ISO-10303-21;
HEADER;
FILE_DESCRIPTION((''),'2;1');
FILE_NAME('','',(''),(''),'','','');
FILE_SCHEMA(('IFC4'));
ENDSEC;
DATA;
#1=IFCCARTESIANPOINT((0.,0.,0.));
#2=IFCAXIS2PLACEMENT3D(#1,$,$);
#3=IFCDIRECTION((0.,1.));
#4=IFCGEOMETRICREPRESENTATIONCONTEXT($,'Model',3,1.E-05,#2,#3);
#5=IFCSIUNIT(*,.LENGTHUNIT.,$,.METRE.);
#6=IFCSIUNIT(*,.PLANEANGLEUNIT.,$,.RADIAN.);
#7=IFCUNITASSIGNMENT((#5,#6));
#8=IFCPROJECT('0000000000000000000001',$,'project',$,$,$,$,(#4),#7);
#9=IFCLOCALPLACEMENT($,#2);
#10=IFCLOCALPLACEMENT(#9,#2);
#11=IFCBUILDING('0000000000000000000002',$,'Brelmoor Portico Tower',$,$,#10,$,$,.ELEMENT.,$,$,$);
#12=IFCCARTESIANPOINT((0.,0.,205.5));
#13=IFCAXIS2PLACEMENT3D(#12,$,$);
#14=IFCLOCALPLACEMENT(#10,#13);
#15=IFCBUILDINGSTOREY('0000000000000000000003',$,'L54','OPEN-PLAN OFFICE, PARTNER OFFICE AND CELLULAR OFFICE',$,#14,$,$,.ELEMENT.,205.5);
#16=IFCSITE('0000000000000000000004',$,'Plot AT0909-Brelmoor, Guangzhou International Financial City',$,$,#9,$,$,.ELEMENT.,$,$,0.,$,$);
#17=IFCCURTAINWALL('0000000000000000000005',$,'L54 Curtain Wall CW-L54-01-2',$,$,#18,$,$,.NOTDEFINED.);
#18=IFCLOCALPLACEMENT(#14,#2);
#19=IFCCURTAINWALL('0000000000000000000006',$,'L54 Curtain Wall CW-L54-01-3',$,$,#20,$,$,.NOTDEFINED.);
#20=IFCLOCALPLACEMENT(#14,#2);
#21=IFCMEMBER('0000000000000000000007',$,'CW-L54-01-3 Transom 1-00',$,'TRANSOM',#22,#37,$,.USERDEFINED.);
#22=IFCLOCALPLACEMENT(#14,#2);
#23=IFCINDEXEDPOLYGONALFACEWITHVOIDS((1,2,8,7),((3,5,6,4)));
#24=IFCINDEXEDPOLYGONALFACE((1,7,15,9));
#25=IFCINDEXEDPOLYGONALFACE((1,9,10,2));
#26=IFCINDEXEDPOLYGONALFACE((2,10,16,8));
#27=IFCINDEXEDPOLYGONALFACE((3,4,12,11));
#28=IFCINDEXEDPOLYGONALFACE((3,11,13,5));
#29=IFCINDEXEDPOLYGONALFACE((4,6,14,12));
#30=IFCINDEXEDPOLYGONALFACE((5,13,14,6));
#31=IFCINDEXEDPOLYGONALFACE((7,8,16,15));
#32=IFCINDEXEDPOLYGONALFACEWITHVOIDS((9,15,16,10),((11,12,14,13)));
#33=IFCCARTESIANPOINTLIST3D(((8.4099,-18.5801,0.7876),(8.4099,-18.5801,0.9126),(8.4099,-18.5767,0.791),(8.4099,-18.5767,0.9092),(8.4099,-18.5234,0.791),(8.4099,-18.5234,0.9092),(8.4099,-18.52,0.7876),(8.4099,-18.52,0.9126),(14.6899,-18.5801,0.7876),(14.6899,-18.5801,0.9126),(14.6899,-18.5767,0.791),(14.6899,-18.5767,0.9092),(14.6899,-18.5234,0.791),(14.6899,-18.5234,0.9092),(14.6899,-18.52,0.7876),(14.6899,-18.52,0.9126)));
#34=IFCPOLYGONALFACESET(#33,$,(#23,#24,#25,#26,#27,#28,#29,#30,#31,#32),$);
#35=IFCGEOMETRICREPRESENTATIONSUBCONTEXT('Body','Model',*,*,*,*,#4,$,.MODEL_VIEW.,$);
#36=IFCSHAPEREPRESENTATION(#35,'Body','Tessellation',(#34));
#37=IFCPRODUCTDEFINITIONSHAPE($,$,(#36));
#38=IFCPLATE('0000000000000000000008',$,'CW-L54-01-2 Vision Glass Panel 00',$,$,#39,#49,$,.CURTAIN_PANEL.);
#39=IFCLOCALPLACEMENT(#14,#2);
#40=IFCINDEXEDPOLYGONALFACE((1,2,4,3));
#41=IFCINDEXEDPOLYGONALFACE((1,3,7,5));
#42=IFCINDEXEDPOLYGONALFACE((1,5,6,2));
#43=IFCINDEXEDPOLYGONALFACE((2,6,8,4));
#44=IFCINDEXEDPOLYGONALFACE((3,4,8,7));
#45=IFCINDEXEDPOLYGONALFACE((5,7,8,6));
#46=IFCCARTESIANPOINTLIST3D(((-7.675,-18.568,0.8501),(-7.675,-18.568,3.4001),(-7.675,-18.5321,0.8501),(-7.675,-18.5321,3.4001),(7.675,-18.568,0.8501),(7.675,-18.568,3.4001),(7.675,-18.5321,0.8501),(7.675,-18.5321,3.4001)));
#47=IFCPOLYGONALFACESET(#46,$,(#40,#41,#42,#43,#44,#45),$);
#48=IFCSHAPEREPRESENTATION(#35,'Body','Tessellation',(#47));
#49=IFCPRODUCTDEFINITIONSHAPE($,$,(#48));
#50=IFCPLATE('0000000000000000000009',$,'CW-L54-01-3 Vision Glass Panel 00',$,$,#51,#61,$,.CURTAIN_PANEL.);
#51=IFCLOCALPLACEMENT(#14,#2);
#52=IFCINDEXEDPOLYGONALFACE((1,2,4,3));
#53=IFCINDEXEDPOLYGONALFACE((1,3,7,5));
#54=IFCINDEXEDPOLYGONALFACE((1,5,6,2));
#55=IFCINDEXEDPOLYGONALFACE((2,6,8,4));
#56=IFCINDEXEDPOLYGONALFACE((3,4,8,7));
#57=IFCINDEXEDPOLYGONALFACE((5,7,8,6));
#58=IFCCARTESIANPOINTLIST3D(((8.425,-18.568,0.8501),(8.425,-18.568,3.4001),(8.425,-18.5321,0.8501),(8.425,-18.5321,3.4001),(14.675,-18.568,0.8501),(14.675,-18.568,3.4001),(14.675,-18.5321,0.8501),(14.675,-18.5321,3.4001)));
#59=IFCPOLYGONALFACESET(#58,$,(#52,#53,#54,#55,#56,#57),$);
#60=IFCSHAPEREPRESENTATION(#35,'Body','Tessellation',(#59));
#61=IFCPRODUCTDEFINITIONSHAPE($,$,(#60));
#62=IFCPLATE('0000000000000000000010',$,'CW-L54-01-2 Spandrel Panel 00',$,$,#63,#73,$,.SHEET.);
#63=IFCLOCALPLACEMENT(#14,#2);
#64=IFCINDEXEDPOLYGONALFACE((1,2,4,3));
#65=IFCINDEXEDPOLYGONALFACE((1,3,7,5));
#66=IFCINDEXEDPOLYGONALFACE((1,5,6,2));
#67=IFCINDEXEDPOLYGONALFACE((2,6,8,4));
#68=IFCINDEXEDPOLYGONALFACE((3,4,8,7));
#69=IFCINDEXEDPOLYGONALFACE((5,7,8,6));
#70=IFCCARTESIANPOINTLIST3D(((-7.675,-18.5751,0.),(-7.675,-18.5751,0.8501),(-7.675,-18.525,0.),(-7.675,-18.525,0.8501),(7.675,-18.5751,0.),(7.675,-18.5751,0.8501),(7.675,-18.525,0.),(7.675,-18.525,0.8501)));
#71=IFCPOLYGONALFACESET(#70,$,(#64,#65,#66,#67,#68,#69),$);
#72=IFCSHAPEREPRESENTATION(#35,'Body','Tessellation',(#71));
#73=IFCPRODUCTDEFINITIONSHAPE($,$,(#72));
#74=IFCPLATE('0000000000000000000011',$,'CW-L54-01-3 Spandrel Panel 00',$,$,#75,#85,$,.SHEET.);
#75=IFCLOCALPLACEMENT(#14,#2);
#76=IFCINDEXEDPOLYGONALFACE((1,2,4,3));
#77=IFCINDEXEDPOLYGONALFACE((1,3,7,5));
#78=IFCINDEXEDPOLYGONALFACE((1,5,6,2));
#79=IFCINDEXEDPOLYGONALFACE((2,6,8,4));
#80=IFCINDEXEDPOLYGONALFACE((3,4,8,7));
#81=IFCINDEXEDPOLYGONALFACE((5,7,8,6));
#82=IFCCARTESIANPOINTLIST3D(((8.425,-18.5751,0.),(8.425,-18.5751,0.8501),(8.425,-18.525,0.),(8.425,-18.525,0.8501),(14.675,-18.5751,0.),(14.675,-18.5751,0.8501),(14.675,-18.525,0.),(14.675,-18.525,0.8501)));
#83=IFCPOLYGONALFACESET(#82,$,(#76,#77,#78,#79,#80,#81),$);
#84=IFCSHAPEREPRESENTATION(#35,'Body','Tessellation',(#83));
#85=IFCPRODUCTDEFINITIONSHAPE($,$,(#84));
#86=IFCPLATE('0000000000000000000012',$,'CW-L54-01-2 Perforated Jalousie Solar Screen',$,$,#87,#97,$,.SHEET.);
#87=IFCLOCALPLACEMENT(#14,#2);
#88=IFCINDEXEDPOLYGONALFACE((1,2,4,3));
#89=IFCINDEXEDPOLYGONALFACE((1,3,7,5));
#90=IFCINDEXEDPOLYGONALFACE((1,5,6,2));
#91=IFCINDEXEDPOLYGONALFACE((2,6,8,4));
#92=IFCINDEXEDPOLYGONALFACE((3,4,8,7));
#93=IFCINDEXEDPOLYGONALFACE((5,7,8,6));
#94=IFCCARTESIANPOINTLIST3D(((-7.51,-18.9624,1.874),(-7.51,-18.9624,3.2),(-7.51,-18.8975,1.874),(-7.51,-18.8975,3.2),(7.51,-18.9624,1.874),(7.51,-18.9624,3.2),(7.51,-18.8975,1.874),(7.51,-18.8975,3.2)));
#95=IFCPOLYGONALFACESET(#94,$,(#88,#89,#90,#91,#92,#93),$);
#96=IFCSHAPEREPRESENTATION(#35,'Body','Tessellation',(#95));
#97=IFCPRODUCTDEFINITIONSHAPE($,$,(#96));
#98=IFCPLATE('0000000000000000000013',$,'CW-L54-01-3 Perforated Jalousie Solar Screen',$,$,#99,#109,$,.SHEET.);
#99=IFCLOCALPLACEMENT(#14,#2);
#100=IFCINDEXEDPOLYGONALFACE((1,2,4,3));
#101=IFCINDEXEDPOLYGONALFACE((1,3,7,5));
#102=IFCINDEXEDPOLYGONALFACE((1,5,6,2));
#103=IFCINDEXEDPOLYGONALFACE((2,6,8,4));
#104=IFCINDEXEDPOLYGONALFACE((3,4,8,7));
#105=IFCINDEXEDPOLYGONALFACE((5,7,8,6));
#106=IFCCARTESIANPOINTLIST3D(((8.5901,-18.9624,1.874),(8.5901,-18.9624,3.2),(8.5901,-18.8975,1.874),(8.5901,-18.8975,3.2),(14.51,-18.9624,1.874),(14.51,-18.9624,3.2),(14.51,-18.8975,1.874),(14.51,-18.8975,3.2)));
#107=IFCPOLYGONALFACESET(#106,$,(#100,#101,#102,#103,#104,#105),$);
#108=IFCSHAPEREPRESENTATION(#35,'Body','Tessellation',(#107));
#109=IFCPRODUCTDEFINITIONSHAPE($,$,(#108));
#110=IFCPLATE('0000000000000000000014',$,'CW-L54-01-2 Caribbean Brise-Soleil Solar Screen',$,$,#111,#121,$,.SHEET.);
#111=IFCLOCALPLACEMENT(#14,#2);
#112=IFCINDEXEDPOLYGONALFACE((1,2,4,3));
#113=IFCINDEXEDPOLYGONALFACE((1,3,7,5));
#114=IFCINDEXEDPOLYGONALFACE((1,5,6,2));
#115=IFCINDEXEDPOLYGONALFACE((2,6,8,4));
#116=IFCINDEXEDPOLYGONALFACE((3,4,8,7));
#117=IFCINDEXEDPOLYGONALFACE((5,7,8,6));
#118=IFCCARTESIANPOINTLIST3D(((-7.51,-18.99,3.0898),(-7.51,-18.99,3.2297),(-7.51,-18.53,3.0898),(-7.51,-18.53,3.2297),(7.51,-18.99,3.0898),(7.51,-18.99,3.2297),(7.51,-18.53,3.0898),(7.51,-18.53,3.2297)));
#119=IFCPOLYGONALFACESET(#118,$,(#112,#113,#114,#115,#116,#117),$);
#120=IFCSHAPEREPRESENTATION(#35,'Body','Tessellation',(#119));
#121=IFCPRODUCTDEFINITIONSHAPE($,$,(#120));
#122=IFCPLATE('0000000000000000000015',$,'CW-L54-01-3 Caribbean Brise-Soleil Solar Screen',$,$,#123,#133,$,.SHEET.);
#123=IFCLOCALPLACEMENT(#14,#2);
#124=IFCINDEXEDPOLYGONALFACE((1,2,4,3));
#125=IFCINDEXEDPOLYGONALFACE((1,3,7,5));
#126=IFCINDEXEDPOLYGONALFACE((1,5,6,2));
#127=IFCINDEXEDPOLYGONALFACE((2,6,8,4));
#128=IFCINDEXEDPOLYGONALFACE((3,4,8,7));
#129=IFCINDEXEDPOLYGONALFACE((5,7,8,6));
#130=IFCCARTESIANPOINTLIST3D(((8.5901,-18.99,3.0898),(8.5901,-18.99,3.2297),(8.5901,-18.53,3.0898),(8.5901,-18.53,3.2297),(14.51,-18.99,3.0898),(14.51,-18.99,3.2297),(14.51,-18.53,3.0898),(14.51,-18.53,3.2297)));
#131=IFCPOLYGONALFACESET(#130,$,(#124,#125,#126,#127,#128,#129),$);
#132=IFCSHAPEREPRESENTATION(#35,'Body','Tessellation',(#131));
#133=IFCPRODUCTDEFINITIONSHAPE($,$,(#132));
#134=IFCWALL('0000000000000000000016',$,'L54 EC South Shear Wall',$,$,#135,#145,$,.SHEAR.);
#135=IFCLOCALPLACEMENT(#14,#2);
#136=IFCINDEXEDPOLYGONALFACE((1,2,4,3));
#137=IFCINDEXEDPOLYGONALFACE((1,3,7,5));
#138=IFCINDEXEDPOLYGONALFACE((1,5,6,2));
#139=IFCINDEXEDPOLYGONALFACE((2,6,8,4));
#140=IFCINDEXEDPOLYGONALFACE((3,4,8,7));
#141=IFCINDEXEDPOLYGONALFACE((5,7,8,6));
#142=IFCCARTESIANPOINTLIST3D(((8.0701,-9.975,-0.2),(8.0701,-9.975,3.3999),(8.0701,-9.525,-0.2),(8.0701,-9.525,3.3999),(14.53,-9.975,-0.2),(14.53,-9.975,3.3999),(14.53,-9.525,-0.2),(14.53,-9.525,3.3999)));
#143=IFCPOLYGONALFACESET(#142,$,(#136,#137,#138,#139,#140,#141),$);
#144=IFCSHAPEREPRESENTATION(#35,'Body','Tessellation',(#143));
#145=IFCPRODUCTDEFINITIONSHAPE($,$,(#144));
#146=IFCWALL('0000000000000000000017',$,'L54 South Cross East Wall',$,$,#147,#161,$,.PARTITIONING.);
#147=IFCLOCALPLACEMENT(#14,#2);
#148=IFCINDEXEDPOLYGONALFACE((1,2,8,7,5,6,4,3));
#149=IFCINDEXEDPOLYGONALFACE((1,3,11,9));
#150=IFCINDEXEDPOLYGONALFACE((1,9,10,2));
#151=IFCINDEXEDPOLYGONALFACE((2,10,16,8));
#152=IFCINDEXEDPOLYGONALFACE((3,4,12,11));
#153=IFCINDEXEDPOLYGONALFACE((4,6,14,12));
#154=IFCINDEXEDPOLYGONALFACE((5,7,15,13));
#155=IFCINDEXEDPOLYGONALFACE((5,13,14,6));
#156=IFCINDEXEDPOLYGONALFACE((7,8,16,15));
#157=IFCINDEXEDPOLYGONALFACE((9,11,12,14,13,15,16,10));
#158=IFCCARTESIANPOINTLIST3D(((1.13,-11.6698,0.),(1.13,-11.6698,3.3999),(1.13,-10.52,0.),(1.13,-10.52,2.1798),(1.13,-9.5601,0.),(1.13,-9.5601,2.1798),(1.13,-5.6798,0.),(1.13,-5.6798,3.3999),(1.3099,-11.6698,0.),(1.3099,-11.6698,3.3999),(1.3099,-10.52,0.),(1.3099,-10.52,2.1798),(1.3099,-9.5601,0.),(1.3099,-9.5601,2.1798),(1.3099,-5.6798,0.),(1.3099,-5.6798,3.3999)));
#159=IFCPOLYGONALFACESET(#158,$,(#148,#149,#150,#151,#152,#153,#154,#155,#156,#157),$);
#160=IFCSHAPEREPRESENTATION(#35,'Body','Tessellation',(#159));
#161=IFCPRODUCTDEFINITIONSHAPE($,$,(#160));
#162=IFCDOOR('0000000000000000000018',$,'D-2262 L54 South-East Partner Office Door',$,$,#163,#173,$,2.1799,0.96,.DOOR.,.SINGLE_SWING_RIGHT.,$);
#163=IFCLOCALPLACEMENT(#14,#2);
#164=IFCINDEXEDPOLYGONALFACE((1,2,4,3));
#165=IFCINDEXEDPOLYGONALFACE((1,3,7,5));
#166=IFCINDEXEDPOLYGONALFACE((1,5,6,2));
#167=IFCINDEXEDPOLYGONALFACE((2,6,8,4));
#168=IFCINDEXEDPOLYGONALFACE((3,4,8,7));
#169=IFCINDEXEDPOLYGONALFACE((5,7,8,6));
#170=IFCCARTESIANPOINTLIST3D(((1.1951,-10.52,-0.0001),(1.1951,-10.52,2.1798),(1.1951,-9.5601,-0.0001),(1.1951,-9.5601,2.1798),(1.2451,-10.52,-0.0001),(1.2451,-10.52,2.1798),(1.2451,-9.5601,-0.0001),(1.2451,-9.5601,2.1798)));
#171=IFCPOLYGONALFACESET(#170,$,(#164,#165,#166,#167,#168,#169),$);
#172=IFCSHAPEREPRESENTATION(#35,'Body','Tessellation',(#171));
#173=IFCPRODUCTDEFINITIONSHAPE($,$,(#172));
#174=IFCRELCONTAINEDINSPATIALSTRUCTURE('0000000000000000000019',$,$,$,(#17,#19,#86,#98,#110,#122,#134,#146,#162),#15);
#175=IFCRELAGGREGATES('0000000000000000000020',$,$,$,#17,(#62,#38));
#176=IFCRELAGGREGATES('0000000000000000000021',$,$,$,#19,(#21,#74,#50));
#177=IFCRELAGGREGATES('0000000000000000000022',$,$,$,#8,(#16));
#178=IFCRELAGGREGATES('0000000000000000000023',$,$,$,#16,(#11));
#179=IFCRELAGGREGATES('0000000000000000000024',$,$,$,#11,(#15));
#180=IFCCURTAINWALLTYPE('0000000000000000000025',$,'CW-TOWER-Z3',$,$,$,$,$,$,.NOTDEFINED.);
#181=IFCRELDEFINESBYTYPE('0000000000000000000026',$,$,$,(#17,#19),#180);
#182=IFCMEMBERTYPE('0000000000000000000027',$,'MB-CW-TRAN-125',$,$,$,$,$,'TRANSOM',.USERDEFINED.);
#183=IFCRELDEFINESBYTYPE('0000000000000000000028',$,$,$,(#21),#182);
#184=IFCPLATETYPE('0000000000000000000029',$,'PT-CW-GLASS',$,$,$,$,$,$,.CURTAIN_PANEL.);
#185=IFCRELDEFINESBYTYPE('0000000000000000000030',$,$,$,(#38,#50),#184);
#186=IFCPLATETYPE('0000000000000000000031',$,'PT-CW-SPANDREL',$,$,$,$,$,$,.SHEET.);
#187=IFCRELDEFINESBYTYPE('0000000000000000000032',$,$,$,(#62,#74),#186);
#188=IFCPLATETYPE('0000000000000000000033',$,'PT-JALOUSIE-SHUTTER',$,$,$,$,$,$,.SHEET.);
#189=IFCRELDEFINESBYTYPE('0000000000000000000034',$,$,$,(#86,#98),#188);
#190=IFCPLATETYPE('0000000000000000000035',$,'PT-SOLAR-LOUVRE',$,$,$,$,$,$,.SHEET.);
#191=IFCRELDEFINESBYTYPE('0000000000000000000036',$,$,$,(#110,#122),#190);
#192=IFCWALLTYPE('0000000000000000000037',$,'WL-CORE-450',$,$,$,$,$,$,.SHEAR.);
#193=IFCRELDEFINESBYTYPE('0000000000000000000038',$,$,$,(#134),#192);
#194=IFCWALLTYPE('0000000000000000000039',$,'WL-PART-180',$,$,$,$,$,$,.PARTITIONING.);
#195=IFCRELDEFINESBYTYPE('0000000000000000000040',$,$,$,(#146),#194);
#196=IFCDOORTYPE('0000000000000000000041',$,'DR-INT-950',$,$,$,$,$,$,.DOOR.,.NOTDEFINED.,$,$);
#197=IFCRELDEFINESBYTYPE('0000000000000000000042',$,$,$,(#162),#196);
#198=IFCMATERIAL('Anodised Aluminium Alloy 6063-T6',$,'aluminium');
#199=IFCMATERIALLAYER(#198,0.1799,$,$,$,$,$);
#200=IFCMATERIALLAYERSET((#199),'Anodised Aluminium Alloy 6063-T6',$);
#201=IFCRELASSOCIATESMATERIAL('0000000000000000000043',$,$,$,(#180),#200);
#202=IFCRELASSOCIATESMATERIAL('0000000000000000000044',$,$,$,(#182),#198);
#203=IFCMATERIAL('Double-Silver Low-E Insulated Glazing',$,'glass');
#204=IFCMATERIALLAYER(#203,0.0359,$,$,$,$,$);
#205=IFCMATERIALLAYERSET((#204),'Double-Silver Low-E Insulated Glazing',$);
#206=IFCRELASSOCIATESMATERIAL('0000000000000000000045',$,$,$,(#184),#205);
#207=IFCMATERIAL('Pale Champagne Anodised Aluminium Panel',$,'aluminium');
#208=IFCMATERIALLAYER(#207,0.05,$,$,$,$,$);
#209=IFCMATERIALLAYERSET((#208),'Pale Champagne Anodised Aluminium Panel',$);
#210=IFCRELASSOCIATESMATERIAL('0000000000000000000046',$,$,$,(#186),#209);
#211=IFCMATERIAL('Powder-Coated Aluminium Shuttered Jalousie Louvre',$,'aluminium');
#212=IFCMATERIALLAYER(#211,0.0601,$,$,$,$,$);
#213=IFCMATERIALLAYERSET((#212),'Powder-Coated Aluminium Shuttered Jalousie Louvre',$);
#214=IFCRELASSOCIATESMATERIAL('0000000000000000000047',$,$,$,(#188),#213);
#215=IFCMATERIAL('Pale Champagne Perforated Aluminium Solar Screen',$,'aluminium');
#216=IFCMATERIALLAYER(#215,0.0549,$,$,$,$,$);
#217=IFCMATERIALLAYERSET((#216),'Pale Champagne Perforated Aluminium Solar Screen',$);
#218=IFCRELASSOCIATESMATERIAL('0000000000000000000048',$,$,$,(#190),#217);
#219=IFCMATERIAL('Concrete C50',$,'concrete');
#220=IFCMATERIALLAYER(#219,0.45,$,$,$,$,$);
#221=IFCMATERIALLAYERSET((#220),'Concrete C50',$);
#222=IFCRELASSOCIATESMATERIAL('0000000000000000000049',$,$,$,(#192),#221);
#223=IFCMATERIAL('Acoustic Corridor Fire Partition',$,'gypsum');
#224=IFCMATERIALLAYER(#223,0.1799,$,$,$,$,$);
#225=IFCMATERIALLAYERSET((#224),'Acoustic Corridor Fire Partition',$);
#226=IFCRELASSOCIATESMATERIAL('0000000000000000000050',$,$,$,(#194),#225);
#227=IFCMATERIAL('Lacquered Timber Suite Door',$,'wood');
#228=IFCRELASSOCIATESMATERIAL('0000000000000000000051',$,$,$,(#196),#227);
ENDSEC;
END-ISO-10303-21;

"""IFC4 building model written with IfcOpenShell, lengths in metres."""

from ifc_helpers import new_model, si_unit, direction, frame, frame_2d, origin, origin_2d, place, context, subcontext, project, spatial, rectangle, hollow_rectangle, extrude, material, layer, layer_set, material_profile, profile_set, type_object, element, fill, aggregate, save


model = new_model("IFC4")

# Units and contexts
model_context = context("Model", 3, precision=1e-05, world=origin(), true_north=direction((0.0, 1.0)))
body_context = subcontext(model_context, "Body", "Model", "MODEL_VIEW")
ifc_project = project(units=[si_unit("LENGTHUNIT", "METRE"), si_unit("PLANEANGLEUNIT", "RADIAN")], contexts=[model_context])

# Site, building, storey
site_placement = place(None, origin())
site = spatial("IfcSite", under=ifc_project, at=site_placement, Name="Plot AT0909-Brelmoor, Guangzhou International Financial City", CompositionType="ELEMENT", RefElevation=0.0)
building_placement = place(site_placement, origin())
building = spatial("IfcBuilding", under=site, at=building_placement, Name="Brelmoor Portico Tower", CompositionType="ELEMENT")
storey_placement = place(building_placement, frame((0.0, 0.0, 205.5)))
storey = spatial("IfcBuildingStorey", under=building, at=storey_placement, Name="L54", Description="OPEN-PLAN OFFICE, PARTNER OFFICE AND CELLULAR OFFICE", CompositionType="ELEMENT", Elevation=205.5)

# Curtain wall
ifc_material_1 = material(Name="Anodised Aluminium Alloy 6063-T6", Category="aluminium")
ifc_layer_1 = layer(ifc_material_1, 0.1799)
ifc_layer_set_1 = layer_set([ifc_layer_1], Name="Anodised Aluminium Alloy 6063-T6")
curtain_wall_type = type_object("IfcCurtainWallType", Name="CW-TOWER-Z3", PredefinedType="NOTDEFINED", material=ifc_layer_set_1)
curtain_wall_1_placement = place(storey_placement, origin())
curtain_wall_1 = element("IfcCurtainWall", 1, at=curtain_wall_1_placement, inside=storey, type_object=curtain_wall_type, Name="L54 Curtain Wall CW-L54-01-2", PredefinedType="NOTDEFINED")

# Curtain wall, member
curtain_wall_2_placement = place(storey_placement, origin())
curtain_wall_2 = element("IfcCurtainWall", 2, at=curtain_wall_2_placement, inside=storey, type_object=curtain_wall_type, Name="L54 Curtain Wall CW-L54-01-3", PredefinedType="NOTDEFINED")
ifc_material_profile_1 = material_profile(ifc_material_1, hollow_rectangle(XDim=0.0601, YDim=0.125, WallThickness=0.0034, at=origin_2d()), Name="ALU TRANSOM 60x125")
ifc_profile_set_1 = profile_set([ifc_material_profile_1], Name="Anodised Aluminium Alloy 6063-T6")
member_type_1 = type_object("IfcMemberType", Name="MB-CW-TRAN-125", ElementType="TRANSOM", PredefinedType="USERDEFINED", material=ifc_profile_set_1)
member_1_placement = place(storey_placement, frame((8.4099, -18.55, 0.8501), z_axis=(1.0, 0.0, 0.0), x_axis=(0.0, 1.0, 0.0)))
member_1 = element("IfcMember", 3, at=member_1_placement, type_object=member_type_1, Name="CW-L54-01-3 Transom 1-00", ObjectType="TRANSOM", PredefinedType="USERDEFINED", context=body_context, shape_type="SweptSolid", body=[
    extrude(hollow_rectangle(XDim=0.0601, YDim=0.125, WallThickness=0.0034, at=origin_2d()), origin(), (0.0, 0.0, 1.0), 6.28),
])

# Plates
ifc_material_2 = material(Name="Double-Silver Low-E Insulated Glazing", Category="glass")
ifc_layer_2 = layer(ifc_material_2, 0.0359)
ifc_layer_set_2 = layer_set([ifc_layer_2], Name="Double-Silver Low-E Insulated Glazing")
plate_type_1 = type_object("IfcPlateType", Name="PT-CW-GLASS", PredefinedType="CURTAIN_PANEL", material=ifc_layer_set_2)
plate_1_placement = place(storey_placement, frame((0.0, -18.55, 0.8501), z_axis=(0.0, 0.0, 1.0), x_axis=(1.0, 0.0, 0.0)))
plate_1 = element("IfcPlate", 4, at=plate_1_placement, type_object=plate_type_1, Name="CW-L54-01-2 Vision Glass Panel 00", PredefinedType="CURTAIN_PANEL", context=body_context, shape_type="SweptSolid", body=[
    extrude(rectangle(XDim=15.3501, YDim=0.0359, at=origin_2d()), origin(), (0.0, 0.0, 1.0), 2.55),
])
plate_2_placement = place(storey_placement, frame((11.55, -18.55, 0.8501), z_axis=(0.0, 0.0, 1.0), x_axis=(1.0, 0.0, 0.0)))
plate_2 = element("IfcPlate", 5, at=plate_2_placement, type_object=plate_type_1, Name="CW-L54-01-3 Vision Glass Panel 00", PredefinedType="CURTAIN_PANEL", context=body_context, shape_type="SweptSolid", body=[
    extrude(rectangle(XDim=6.25, YDim=0.0359, at=origin_2d()), origin(), (0.0, 0.0, 1.0), 2.55),
])
ifc_material_3 = material(Name="Pale Champagne Anodised Aluminium Panel", Category="aluminium")
ifc_layer_3 = layer(ifc_material_3, 0.05)
ifc_layer_set_3 = layer_set([ifc_layer_3], Name="Pale Champagne Anodised Aluminium Panel")
plate_type_2 = type_object("IfcPlateType", Name="PT-CW-SPANDREL", PredefinedType="SHEET", material=ifc_layer_set_3)
plate_3_placement = place(storey_placement, frame((0.0, -18.55, 0.0), z_axis=(0.0, 0.0, 1.0), x_axis=(1.0, 0.0, 0.0)))
plate_3 = element("IfcPlate", 6, at=plate_3_placement, type_object=plate_type_2, Name="CW-L54-01-2 Spandrel Panel 00", PredefinedType="SHEET", context=body_context, shape_type="SweptSolid", body=[
    extrude(rectangle(XDim=15.3501, YDim=0.05, at=origin_2d()), origin(), (0.0, 0.0, 1.0), 0.8501),
])
aggregate(curtain_wall_1, [plate_3, plate_1])
plate_4_placement = place(storey_placement, frame((11.55, -18.55, 0.0), z_axis=(0.0, 0.0, 1.0), x_axis=(1.0, 0.0, 0.0)))
plate_4 = element("IfcPlate", 7, at=plate_4_placement, type_object=plate_type_2, Name="CW-L54-01-3 Spandrel Panel 00", PredefinedType="SHEET", context=body_context, shape_type="SweptSolid", body=[
    extrude(rectangle(XDim=6.25, YDim=0.05, at=origin_2d()), origin(), (0.0, 0.0, 1.0), 0.8501),
])
aggregate(curtain_wall_2, [member_1, plate_4, plate_2])

# Plates
ifc_material_4 = material(Name="Powder-Coated Aluminium Shuttered Jalousie Louvre", Category="aluminium")
ifc_layer_4 = layer(ifc_material_4, 0.0601)
ifc_layer_set_4 = layer_set([ifc_layer_4], Name="Powder-Coated Aluminium Shuttered Jalousie Louvre")
plate_type_3 = type_object("IfcPlateType", Name="PT-JALOUSIE-SHUTTER", PredefinedType="SHEET", material=ifc_layer_set_4)
plate_5_placement = place(storey_placement, frame((0.0, -18.9299, 1.874), z_axis=(0.0, 0.0, 1.0), x_axis=(1.0, 0.0, 0.0)))
element("IfcPlate", 8, at=plate_5_placement, inside=storey, type_object=plate_type_3, Name="CW-L54-01-2 Perforated Jalousie Solar Screen", PredefinedType="SHEET", context=body_context, shape_type="SweptSolid", body=[
    extrude(rectangle(XDim=15.02, YDim=0.0649, at=origin_2d()), origin(), (0.0, 0.0, 1.0), 1.3259),
])
plate_6_placement = place(storey_placement, frame((11.55, -18.9299, 1.874), z_axis=(0.0, 0.0, 1.0), x_axis=(1.0, 0.0, 0.0)))
element("IfcPlate", 9, at=plate_6_placement, inside=storey, type_object=plate_type_3, Name="CW-L54-01-3 Perforated Jalousie Solar Screen", PredefinedType="SHEET", context=body_context, shape_type="SweptSolid", body=[
    extrude(rectangle(XDim=5.9199, YDim=0.0649, at=origin_2d()), origin(), (0.0, 0.0, 1.0), 1.3259),
])
ifc_material_5 = material(Name="Pale Champagne Perforated Aluminium Solar Screen", Category="aluminium")
ifc_layer_5 = layer(ifc_material_5, 0.0549)
ifc_layer_set_5 = layer_set([ifc_layer_5], Name="Pale Champagne Perforated Aluminium Solar Screen")
plate_type_4 = type_object("IfcPlateType", Name="PT-SOLAR-LOUVRE", PredefinedType="SHEET", material=ifc_layer_set_5)
plate_7_placement = place(storey_placement, frame((0.0, -18.76, 3.0898), z_axis=(0.0, 0.0, 1.0), x_axis=(1.0, 0.0, 0.0)))
element("IfcPlate", 10, at=plate_7_placement, inside=storey, type_object=plate_type_4, Name="CW-L54-01-2 Caribbean Brise-Soleil Solar Screen", PredefinedType="SHEET", context=body_context, shape_type="SweptSolid", body=[
    extrude(rectangle(XDim=15.02, YDim=0.46, at=origin_2d()), origin(), (0.0, 0.0, 1.0), 0.1399),
])
plate_8_placement = place(storey_placement, frame((11.55, -18.76, 3.0898), z_axis=(0.0, 0.0, 1.0), x_axis=(1.0, 0.0, 0.0)))
element("IfcPlate", 11, at=plate_8_placement, inside=storey, type_object=plate_type_4, Name="CW-L54-01-3 Caribbean Brise-Soleil Solar Screen", PredefinedType="SHEET", context=body_context, shape_type="SweptSolid", body=[
    extrude(rectangle(XDim=5.9199, YDim=0.46, at=origin_2d()), origin(), (0.0, 0.0, 1.0), 0.1399),
])

# Wall
ifc_material_6 = material(Name="Concrete C50", Category="concrete")
ifc_layer_6 = layer(ifc_material_6, 0.45)
ifc_layer_set_6 = layer_set([ifc_layer_6], Name="Concrete C50")
wall_type_1 = type_object("IfcWallType", Name="WL-CORE-450", PredefinedType="SHEAR", material=ifc_layer_set_6)
wall_1_placement = place(storey_placement, frame((8.0701, -9.75, -0.2), z_axis=(0.0, 0.0, 1.0), x_axis=(1.0, 0.0, 0.0)))
element("IfcWall", 12, at=wall_1_placement, inside=storey, type_object=wall_type_1, Name="L54 EC South Shear Wall", PredefinedType="SHEAR", context=body_context, shape_type="SweptSolid", body=[
    extrude(rectangle(XDim=6.46, YDim=0.45, at=frame_2d((3.23, 0.0))), origin(), (0.0, 0.0, 1.0), 3.5999),
])

# Wall, opening, door
ifc_material_7 = material(Name="Acoustic Corridor Fire Partition", Category="gypsum")
ifc_layer_7 = layer(ifc_material_7, 0.1799)
ifc_layer_set_7 = layer_set([ifc_layer_7], Name="Acoustic Corridor Fire Partition")
wall_type_2 = type_object("IfcWallType", Name="WL-PART-180", PredefinedType="PARTITIONING", material=ifc_layer_set_7)
wall_2_placement = place(storey_placement, frame((1.22, -11.6699, 0.0), z_axis=(0.0, 0.0, 1.0), x_axis=(0.0, 1.0, 0.0)))
wall_2 = element("IfcWall", 13, at=wall_2_placement, inside=storey, type_object=wall_type_2, Name="L54 South Cross East Wall", PredefinedType="PARTITIONING", context=body_context, shape_type="SweptSolid", body=[
    extrude(rectangle(XDim=5.99, YDim=0.1799, at=frame_2d((2.9951, 0.0))), origin(), (0.0, 0.0, 1.0), 3.3999),
])
opening_1_placement = place(wall_2_placement, frame((1.1499, 0.0, 0.0)))
opening_1 = element("IfcOpeningElement", 14, at=opening_1_placement, cuts=wall_2, PredefinedType="OPENING", context=body_context, shape_type="SweptSolid", body=[
    extrude(rectangle(XDim=0.96, YDim=2.1799, at=frame_2d((0.48, 1.0898))), frame((0.0, 0.0999, 0.0), z_axis=(0.0, -1.0, 0.0), x_axis=(1.0, 0.0, 0.0)), (0.0, 0.0, 1.0), 0.2),
])
ifc_material_8 = material(Name="Lacquered Timber Suite Door", Category="wood")
door_type_1 = type_object("IfcDoorType", Name="DR-INT-950", OperationType="NOTDEFINED", PredefinedType="DOOR", material=ifc_material_8)
door_1_placement = place(opening_1_placement, origin())
door_1 = element("IfcDoor", 15, at=door_1_placement, inside=storey, type_object=door_type_1, Name="D-2262 L54 South-East Partner Office Door", OperationType="SINGLE_SWING_RIGHT", OverallHeight=2.1799, OverallWidth=0.96, PredefinedType="DOOR", context=body_context, shape_type="SweptSolid", body=[
    extrude(rectangle(XDim=0.96, YDim=2.1799, at=frame_2d((0.48, 1.0898))), frame((0.0, 0.0249, 0.0), z_axis=(0.0, -1.0, 0.0), x_axis=(1.0, 0.0, 0.0)), (0.0, 0.0, 1.0), 0.05),
])
fill(opening_1, door_1)

save(model, "model.ifc")
